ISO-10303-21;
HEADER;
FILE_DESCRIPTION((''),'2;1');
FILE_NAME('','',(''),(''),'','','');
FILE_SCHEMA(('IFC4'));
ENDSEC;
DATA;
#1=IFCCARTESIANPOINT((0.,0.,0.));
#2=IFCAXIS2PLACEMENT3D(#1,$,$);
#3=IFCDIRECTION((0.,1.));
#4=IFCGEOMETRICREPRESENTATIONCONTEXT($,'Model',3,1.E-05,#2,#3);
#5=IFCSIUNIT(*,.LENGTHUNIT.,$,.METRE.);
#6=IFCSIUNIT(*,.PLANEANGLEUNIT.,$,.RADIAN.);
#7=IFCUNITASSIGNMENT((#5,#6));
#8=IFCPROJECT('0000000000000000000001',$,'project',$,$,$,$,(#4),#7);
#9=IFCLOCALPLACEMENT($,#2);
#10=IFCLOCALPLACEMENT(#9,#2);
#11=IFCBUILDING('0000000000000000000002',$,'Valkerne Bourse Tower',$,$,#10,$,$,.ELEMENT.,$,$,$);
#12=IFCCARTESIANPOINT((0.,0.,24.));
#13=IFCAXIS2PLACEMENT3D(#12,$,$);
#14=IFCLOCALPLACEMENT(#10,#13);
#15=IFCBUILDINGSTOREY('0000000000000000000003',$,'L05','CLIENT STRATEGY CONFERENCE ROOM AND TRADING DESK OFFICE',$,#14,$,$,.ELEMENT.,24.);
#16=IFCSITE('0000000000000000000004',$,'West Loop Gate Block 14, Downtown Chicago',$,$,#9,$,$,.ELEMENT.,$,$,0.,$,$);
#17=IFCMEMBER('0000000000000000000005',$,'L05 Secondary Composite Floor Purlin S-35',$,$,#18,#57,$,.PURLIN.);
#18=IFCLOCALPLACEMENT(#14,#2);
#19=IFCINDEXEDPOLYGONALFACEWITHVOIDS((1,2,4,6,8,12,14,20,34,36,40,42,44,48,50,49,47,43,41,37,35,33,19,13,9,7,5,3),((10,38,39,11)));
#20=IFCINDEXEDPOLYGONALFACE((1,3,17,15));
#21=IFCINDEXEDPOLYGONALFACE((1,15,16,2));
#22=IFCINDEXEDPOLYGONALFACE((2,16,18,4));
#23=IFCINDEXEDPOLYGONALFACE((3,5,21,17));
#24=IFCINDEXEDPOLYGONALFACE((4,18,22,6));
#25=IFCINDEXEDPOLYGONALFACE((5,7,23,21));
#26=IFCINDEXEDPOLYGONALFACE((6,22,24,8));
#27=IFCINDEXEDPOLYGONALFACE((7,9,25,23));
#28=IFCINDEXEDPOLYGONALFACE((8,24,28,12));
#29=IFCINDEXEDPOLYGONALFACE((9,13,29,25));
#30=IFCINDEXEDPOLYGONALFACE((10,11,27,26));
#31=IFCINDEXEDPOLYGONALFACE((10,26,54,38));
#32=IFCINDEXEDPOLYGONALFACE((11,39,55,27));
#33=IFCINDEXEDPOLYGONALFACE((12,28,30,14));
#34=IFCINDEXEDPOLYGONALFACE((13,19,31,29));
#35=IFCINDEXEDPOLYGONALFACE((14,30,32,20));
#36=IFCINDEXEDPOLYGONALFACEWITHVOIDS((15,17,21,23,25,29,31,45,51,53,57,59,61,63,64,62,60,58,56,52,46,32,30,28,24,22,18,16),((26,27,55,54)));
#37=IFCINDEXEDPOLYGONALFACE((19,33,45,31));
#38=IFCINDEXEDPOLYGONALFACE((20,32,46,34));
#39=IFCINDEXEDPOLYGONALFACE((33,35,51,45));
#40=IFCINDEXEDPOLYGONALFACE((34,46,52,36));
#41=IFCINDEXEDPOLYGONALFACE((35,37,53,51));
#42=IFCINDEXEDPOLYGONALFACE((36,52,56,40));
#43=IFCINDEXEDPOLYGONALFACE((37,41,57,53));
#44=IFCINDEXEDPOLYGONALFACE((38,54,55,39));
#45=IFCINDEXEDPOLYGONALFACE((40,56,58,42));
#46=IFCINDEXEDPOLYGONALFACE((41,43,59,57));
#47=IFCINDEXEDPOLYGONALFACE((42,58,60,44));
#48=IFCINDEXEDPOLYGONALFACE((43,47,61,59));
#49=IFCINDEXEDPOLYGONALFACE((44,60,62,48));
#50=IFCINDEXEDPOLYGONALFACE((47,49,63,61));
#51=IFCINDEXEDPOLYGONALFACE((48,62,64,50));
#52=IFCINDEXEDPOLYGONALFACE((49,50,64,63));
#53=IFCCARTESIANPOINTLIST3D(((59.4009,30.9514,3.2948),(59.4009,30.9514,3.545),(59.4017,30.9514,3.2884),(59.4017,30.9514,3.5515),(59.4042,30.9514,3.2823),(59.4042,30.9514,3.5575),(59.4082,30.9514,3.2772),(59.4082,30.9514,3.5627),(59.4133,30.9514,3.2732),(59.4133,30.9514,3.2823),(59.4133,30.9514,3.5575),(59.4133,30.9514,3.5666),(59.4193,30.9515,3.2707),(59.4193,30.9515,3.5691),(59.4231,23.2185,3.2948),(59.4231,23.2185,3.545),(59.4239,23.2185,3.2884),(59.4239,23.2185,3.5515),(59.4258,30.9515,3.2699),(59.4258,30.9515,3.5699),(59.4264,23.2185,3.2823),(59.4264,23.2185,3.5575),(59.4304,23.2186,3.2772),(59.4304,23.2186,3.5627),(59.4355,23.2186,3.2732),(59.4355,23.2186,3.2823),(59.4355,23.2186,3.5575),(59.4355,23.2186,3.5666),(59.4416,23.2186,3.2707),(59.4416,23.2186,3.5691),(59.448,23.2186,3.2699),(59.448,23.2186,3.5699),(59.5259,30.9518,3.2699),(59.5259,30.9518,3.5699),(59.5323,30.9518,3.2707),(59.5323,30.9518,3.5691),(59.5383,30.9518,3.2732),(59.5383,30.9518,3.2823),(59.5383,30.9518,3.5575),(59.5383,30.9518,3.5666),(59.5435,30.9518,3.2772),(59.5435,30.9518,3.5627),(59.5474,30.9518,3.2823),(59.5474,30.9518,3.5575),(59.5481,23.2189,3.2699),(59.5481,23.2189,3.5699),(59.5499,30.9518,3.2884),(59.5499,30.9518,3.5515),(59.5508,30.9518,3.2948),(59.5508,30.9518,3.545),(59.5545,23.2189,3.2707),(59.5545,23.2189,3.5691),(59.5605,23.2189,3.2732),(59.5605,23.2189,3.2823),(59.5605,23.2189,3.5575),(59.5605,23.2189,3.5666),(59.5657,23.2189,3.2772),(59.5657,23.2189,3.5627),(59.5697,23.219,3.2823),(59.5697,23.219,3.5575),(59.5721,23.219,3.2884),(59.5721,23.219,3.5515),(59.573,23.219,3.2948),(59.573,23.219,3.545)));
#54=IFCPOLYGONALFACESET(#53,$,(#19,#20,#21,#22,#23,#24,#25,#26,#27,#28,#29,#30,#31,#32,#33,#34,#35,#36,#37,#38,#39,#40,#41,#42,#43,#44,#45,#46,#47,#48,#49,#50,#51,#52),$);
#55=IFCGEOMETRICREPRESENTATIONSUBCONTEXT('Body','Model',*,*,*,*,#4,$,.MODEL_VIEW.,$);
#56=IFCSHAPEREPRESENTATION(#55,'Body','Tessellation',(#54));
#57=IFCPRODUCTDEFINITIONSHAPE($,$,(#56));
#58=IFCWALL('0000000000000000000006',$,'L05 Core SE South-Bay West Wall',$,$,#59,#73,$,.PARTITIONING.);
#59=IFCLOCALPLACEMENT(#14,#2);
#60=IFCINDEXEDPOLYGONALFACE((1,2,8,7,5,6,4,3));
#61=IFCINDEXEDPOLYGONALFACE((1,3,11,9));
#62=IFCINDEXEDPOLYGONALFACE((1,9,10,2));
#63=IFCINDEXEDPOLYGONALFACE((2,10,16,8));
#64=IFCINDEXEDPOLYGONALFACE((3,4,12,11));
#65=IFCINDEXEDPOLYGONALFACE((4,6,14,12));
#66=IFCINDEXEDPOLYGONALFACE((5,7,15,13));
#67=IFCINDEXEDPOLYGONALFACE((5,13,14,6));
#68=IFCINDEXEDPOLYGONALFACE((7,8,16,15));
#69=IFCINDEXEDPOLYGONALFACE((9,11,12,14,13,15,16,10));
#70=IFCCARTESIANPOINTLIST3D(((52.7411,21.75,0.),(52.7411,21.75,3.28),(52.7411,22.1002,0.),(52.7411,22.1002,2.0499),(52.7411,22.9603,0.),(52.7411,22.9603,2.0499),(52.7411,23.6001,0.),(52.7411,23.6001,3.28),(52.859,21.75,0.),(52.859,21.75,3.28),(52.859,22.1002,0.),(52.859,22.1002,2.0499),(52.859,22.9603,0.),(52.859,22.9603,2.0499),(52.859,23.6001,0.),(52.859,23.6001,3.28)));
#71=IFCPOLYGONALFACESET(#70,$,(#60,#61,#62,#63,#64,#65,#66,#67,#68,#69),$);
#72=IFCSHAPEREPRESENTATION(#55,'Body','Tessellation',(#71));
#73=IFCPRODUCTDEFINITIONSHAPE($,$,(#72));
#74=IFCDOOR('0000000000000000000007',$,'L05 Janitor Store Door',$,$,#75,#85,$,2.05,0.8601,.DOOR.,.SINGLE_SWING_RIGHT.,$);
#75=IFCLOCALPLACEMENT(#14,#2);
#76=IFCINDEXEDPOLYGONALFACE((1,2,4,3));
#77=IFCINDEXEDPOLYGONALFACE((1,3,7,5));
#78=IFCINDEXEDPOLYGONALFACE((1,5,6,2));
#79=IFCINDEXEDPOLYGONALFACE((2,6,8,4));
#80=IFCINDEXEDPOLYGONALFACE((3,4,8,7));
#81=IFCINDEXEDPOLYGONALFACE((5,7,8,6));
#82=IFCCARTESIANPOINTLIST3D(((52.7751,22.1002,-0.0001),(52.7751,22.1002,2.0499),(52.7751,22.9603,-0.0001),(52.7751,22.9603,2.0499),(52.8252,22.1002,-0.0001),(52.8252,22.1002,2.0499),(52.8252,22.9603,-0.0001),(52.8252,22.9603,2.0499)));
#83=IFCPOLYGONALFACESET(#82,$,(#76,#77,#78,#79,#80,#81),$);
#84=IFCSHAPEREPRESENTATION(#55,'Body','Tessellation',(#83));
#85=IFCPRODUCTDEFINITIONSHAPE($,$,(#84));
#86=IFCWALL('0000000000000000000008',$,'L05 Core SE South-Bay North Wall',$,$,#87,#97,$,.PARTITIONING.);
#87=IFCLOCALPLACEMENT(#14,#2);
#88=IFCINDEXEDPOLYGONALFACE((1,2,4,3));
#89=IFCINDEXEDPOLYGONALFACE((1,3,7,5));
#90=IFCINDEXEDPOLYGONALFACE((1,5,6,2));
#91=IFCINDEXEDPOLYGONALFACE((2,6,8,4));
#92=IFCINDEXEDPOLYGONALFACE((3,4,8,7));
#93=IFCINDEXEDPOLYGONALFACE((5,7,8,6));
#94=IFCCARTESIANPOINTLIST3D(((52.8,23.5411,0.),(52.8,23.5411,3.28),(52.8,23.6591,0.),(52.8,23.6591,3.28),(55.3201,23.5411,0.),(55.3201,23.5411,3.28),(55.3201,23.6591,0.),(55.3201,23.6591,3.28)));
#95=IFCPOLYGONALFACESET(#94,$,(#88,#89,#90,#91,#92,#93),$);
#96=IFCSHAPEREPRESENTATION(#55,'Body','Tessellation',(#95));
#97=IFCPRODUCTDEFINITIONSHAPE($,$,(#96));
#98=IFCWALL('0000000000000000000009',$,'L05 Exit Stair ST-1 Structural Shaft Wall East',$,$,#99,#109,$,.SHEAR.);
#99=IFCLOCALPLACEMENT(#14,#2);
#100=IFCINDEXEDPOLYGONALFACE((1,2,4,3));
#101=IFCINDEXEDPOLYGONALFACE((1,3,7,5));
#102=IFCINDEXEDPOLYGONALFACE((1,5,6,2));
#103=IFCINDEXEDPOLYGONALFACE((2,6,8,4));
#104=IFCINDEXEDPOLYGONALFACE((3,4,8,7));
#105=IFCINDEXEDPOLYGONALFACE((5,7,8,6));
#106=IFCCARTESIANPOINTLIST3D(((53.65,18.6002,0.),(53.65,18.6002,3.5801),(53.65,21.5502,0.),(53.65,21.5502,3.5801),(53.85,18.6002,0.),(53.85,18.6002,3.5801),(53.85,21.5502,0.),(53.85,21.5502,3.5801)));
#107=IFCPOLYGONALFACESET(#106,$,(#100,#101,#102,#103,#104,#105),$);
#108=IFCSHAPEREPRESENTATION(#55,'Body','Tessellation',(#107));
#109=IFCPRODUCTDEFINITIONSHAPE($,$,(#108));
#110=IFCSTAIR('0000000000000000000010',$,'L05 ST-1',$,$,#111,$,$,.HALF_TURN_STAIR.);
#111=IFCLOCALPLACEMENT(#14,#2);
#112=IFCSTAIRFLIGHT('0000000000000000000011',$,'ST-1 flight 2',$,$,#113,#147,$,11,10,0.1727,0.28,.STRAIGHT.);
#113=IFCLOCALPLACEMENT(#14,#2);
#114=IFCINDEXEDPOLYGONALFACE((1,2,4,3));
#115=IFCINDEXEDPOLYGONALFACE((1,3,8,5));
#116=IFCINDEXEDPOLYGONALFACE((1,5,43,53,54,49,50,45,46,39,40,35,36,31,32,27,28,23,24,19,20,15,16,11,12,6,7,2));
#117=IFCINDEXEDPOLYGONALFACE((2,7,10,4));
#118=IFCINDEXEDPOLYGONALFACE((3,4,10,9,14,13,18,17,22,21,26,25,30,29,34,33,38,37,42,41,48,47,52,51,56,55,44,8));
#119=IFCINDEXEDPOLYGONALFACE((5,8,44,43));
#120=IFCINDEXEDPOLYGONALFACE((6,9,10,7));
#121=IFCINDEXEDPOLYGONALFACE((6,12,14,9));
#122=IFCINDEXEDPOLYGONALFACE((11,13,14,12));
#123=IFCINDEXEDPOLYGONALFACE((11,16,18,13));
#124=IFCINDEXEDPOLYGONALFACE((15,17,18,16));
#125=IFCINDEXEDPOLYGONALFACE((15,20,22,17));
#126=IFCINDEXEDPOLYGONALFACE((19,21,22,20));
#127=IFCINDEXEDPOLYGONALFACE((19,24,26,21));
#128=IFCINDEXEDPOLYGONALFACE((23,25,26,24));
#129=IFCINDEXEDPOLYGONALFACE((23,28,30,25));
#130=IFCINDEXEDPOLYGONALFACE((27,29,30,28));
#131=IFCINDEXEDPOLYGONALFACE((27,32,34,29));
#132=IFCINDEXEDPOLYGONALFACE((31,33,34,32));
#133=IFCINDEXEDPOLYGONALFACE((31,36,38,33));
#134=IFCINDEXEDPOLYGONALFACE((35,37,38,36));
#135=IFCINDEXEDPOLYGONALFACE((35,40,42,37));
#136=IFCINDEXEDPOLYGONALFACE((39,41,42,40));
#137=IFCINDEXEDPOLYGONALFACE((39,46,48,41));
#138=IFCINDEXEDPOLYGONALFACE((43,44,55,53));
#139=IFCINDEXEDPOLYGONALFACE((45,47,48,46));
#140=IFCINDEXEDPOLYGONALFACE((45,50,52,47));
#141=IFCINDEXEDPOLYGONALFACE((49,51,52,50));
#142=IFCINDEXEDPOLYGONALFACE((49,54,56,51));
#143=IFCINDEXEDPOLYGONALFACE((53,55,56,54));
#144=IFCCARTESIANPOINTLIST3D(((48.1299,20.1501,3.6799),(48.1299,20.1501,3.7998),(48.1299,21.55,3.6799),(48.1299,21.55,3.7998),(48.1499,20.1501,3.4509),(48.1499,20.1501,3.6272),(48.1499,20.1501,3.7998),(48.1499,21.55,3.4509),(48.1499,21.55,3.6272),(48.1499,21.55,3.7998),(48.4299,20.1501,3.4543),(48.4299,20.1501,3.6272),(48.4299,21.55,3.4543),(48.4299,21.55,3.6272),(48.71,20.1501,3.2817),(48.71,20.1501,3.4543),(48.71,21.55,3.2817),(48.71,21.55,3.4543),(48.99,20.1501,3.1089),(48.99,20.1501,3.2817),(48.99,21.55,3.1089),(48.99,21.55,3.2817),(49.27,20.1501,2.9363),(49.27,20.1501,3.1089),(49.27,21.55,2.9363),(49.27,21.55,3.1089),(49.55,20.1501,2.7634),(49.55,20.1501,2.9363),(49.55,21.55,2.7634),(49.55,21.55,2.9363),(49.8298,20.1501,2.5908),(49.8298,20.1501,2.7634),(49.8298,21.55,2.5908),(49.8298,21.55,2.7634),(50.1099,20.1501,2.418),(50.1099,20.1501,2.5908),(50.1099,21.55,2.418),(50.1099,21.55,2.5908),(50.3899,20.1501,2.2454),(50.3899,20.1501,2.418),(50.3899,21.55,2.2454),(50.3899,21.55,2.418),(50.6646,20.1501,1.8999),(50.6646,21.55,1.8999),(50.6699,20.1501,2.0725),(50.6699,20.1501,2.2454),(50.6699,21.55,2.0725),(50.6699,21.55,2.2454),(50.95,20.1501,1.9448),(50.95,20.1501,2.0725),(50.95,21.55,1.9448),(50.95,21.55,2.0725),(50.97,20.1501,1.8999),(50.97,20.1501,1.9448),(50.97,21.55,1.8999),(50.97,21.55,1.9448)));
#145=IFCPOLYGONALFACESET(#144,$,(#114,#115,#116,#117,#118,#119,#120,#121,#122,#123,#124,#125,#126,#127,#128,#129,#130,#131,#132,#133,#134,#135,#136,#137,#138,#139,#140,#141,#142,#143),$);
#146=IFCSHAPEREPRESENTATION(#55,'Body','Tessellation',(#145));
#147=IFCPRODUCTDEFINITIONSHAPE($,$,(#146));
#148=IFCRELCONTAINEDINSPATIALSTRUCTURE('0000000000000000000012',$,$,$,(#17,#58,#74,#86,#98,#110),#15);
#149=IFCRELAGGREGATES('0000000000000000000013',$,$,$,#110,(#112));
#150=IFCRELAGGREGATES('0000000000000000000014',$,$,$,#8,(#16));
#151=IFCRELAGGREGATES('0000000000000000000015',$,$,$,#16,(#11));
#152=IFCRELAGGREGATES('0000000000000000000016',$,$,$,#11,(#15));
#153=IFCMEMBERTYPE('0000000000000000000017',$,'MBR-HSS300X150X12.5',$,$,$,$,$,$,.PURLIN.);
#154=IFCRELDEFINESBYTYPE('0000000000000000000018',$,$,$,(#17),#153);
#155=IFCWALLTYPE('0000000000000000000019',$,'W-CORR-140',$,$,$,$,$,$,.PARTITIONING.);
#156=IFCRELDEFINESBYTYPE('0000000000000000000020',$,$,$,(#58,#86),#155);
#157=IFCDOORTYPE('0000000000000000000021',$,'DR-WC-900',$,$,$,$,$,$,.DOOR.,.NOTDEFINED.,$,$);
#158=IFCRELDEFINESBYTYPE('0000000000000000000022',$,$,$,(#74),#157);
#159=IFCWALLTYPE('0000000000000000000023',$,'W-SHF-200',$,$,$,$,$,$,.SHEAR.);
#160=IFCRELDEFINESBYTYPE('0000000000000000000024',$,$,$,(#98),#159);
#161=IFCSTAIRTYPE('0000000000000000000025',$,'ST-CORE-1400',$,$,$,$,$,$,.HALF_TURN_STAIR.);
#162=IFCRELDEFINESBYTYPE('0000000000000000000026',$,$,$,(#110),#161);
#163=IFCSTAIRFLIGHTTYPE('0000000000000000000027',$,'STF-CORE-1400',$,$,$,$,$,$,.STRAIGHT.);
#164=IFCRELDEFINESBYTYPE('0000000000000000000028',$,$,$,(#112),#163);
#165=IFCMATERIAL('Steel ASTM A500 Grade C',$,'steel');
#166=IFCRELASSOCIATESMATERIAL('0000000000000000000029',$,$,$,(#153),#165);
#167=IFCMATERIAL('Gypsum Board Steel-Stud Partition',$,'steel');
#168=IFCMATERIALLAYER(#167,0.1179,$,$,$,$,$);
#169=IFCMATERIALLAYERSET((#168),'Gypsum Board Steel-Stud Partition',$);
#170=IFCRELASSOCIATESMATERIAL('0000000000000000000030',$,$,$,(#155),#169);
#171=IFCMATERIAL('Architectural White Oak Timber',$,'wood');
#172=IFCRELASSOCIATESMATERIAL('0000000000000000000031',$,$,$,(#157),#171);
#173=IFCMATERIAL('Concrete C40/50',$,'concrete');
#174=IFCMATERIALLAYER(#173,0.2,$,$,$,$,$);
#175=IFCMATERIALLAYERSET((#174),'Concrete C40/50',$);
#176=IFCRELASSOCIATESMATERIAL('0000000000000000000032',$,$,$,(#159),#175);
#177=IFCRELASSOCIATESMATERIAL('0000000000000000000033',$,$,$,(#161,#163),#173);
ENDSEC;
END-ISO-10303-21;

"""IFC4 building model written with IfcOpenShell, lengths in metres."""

from ifc_helpers import new_model, si_unit, direction, frame, frame_2d, origin, origin_2d, place, context, subcontext, project, spatial, polyline, rectangle, hollow_rectangle, outline, extrude, material, layer, layer_set, material_profile, profile_set, type_object, element, fill, aggregate, save


model = new_model("IFC4")

# Units and contexts
model_context = context("Model", 3, precision=1e-05, world=origin(), true_north=direction((0.0, 1.0)))
body_context = subcontext(model_context, "Body", "Model", "MODEL_VIEW")
ifc_project = project(units=[si_unit("LENGTHUNIT", "METRE"), si_unit("PLANEANGLEUNIT", "RADIAN")], contexts=[model_context])

# Site, building, storey
site_placement = place(None, origin())
site = spatial("IfcSite", under=ifc_project, at=site_placement, Name="West Loop Gate Block 14, Downtown Chicago", CompositionType="ELEMENT", RefElevation=0.0)
building_placement = place(site_placement, origin())
building = spatial("IfcBuilding", under=site, at=building_placement, Name="Valkerne Bourse Tower", CompositionType="ELEMENT")
storey_placement = place(building_placement, frame((0.0, 0.0, 24.0)))
storey = spatial("IfcBuildingStorey", under=building, at=storey_placement, Name="L05", Description="CLIENT STRATEGY CONFERENCE ROOM AND TRADING DESK OFFICE", CompositionType="ELEMENT", Elevation=24.0)

# Member
ifc_material_1 = material(Name="Steel ASTM A500 Grade C", Category="steel")
ifc_material_profile_1 = material_profile(ifc_material_1, hollow_rectangle(XDim=0.1499, YDim=0.3, WallThickness=0.0125, OuterFilletRadius=0.0249, at=origin_2d()), Name="HSS300X150X12.5")
ifc_profile_set_1 = profile_set([ifc_material_profile_1], Name="Steel ASTM A500 Grade C")
member_type = type_object("IfcMemberType", Name="MBR-HSS300X150X12.5", PredefinedType="PURLIN", material=ifc_profile_set_1)
member_1_placement = place(storey_placement, frame((59.498, 23.2188, 3.4199), z_axis=(-0.002873, 0.999996, 0.0), x_axis=(-0.999996, -0.002873, 0.0)))
element("IfcMember", 1, at=member_1_placement, inside=storey, type_object=member_type, Name="L05 Secondary Composite Floor Purlin S-35", PredefinedType="PURLIN", context=body_context, shape_type="SweptSolid", body=[
    extrude(hollow_rectangle(XDim=0.1499, YDim=0.3, WallThickness=0.0125, OuterFilletRadius=0.0249, at=origin_2d()), origin(), (0.0, 0.0, 1.0), 7.7329),
])

# Wall, opening, door
ifc_material_2 = material(Name="Gypsum Board Steel-Stud Partition", Category="steel")
ifc_layer_1 = layer(ifc_material_2, 0.1179)
ifc_layer_set_1 = layer_set([ifc_layer_1], Name="Gypsum Board Steel-Stud Partition")
wall_type_1 = type_object("IfcWallType", Name="W-CORR-140", PredefinedType="PARTITIONING", material=ifc_layer_set_1)
wall_1_placement = place(storey_placement, frame((52.8, 21.75, 0.0), z_axis=(0.0, 0.0, 1.0), x_axis=(0.0, 1.0, 0.0)))
wall_1 = element("IfcWall", 2, at=wall_1_placement, inside=storey, type_object=wall_type_1, Name="L05 Core SE South-Bay West Wall", PredefinedType="PARTITIONING", context=body_context, shape_type="SweptSolid", body=[
    extrude(rectangle(XDim=1.8501, YDim=0.1179, at=frame_2d((0.925, 0.0))), origin(), (0.0, 0.0, 1.0), 3.28),
])
opening_1_placement = place(wall_1_placement, frame((0.3501, 0.0, 0.0)))
opening_1 = element("IfcOpeningElement", 3, at=opening_1_placement, cuts=wall_1, PredefinedType="OPENING", context=body_context, shape_type="SweptSolid", body=[
    extrude(rectangle(XDim=0.8601, YDim=2.05, at=frame_2d((0.4302, 1.0249))), frame((0.0, 0.0688, 0.0), z_axis=(0.0, -1.0, 0.0), x_axis=(1.0, 0.0, 0.0)), (0.0, 0.0, 1.0), 0.1379),
])
ifc_material_3 = material(Name="Architectural White Oak Timber", Category="wood")
door_type_1 = type_object("IfcDoorType", Name="DR-WC-900", OperationType="NOTDEFINED", PredefinedType="DOOR", material=ifc_material_3)
door_1_placement = place(opening_1_placement, origin())
door_1 = element("IfcDoor", 4, at=door_1_placement, inside=storey, type_object=door_type_1, Name="L05 Janitor Store Door", OperationType="SINGLE_SWING_RIGHT", OverallHeight=2.05, OverallWidth=0.8601, PredefinedType="DOOR", context=body_context, shape_type="SweptSolid", body=[
    extrude(rectangle(XDim=0.8601, YDim=2.05, at=frame_2d((0.4302, 1.0249))), frame((0.0, 0.0249, 0.0), z_axis=(0.0, -1.0, 0.0), x_axis=(1.0, 0.0, 0.0)), (0.0, 0.0, 1.0), 0.05),
])
fill(opening_1, door_1)

# Walls
wall_2_placement = place(storey_placement, frame((52.8, 23.6001, 0.0), z_axis=(0.0, 0.0, 1.0), x_axis=(1.0, 0.0, 0.0)))
element("IfcWall", 5, at=wall_2_placement, inside=storey, type_object=wall_type_1, Name="L05 Core SE South-Bay North Wall", PredefinedType="PARTITIONING", context=body_context, shape_type="SweptSolid", body=[
    extrude(rectangle(XDim=2.52, YDim=0.1179, at=frame_2d((1.26, 0.0))), origin(), (0.0, 0.0, 1.0), 3.28),
])
ifc_material_4 = material(Name="Concrete C40/50", Category="concrete")
ifc_layer_2 = layer(ifc_material_4, 0.2)
ifc_layer_set_2 = layer_set([ifc_layer_2], Name="Concrete C40/50")
wall_type_2 = type_object("IfcWallType", Name="W-SHF-200", PredefinedType="SHEAR", material=ifc_layer_set_2)
wall_3_placement = place(storey_placement, frame((53.75, 18.6001, 0.0), z_axis=(0.0, 0.0, 1.0), x_axis=(0.0, 1.0, 0.0)))
element("IfcWall", 6, at=wall_3_placement, inside=storey, type_object=wall_type_2, Name="L05 Exit Stair ST-1 Structural Shaft Wall East", PredefinedType="SHEAR", context=body_context, shape_type="SweptSolid", body=[
    extrude(rectangle(XDim=2.95, YDim=0.2, at=frame_2d((1.4751, 0.0))), origin(), (0.0, 0.0, 1.0), 3.5801),
])

# Stair, stair flight
stair_type = type_object("IfcStairType", Name="ST-CORE-1400", PredefinedType="HALF_TURN_STAIR", material=ifc_material_4)
stair_placement = place(storey_placement, origin())
stair = element("IfcStair", 7, at=stair_placement, inside=storey, type_object=stair_type, Name="L05 ST-1", PredefinedType="HALF_TURN_STAIR")
stair_flight_type = type_object("IfcStairFlightType", Name="STF-CORE-1400", PredefinedType="STRAIGHT", material=ifc_material_4)
stair_flight_placement = place(storey_placement, frame((50.95, 20.8501, 1.8999), z_axis=(0.0, 0.0, 1.0), x_axis=(-1.0, 0.0, 0.0)))
stair_flight = element("IfcStairFlight", 8, at=stair_flight_placement, type_object=stair_flight_type, Name="ST-1 flight 2", NumberOfRisers=11, NumberOfTreads=10, PredefinedType="STRAIGHT", RiserHeight=0.1727, TreadLength=0.28, context=body_context, shape_type="SweptSolid", body=[
    extrude(outline(polyline([(-0.02, 0.0), (-0.02, 0.0449), (0.0, 0.0449), (0.0, 0.1726), (0.28, 0.1726), (0.28, 0.3455), (0.5601, 0.3455), (0.5601, 0.5181), (0.8401, 0.5181), (0.8401, 0.6909), (1.1201, 0.6909), (1.1201, 0.8635), (1.3999, 0.8635), (1.3999, 1.0364), (1.6799, 1.0364), (1.6799, 1.209), (1.96, 1.209), (1.96, 1.3818), (2.24, 1.3818), (2.24, 1.5544), (2.52, 1.5544), (2.52, 1.7273), (2.8, 1.7273), (2.8, 1.8999), (2.8201, 1.8999), (2.8201, 1.78), (2.8, 1.551), (0.2854, 0.0), (-0.02, 0.0)])), frame((0.0, 0.7, 0.0), z_axis=(0.0, -1.0, 0.0), x_axis=(1.0, 0.0, 0.0)), (0.0, 0.0, 1.0), 1.3999),
])
aggregate(stair, [stair_flight])

save(model, "model.ifc")
